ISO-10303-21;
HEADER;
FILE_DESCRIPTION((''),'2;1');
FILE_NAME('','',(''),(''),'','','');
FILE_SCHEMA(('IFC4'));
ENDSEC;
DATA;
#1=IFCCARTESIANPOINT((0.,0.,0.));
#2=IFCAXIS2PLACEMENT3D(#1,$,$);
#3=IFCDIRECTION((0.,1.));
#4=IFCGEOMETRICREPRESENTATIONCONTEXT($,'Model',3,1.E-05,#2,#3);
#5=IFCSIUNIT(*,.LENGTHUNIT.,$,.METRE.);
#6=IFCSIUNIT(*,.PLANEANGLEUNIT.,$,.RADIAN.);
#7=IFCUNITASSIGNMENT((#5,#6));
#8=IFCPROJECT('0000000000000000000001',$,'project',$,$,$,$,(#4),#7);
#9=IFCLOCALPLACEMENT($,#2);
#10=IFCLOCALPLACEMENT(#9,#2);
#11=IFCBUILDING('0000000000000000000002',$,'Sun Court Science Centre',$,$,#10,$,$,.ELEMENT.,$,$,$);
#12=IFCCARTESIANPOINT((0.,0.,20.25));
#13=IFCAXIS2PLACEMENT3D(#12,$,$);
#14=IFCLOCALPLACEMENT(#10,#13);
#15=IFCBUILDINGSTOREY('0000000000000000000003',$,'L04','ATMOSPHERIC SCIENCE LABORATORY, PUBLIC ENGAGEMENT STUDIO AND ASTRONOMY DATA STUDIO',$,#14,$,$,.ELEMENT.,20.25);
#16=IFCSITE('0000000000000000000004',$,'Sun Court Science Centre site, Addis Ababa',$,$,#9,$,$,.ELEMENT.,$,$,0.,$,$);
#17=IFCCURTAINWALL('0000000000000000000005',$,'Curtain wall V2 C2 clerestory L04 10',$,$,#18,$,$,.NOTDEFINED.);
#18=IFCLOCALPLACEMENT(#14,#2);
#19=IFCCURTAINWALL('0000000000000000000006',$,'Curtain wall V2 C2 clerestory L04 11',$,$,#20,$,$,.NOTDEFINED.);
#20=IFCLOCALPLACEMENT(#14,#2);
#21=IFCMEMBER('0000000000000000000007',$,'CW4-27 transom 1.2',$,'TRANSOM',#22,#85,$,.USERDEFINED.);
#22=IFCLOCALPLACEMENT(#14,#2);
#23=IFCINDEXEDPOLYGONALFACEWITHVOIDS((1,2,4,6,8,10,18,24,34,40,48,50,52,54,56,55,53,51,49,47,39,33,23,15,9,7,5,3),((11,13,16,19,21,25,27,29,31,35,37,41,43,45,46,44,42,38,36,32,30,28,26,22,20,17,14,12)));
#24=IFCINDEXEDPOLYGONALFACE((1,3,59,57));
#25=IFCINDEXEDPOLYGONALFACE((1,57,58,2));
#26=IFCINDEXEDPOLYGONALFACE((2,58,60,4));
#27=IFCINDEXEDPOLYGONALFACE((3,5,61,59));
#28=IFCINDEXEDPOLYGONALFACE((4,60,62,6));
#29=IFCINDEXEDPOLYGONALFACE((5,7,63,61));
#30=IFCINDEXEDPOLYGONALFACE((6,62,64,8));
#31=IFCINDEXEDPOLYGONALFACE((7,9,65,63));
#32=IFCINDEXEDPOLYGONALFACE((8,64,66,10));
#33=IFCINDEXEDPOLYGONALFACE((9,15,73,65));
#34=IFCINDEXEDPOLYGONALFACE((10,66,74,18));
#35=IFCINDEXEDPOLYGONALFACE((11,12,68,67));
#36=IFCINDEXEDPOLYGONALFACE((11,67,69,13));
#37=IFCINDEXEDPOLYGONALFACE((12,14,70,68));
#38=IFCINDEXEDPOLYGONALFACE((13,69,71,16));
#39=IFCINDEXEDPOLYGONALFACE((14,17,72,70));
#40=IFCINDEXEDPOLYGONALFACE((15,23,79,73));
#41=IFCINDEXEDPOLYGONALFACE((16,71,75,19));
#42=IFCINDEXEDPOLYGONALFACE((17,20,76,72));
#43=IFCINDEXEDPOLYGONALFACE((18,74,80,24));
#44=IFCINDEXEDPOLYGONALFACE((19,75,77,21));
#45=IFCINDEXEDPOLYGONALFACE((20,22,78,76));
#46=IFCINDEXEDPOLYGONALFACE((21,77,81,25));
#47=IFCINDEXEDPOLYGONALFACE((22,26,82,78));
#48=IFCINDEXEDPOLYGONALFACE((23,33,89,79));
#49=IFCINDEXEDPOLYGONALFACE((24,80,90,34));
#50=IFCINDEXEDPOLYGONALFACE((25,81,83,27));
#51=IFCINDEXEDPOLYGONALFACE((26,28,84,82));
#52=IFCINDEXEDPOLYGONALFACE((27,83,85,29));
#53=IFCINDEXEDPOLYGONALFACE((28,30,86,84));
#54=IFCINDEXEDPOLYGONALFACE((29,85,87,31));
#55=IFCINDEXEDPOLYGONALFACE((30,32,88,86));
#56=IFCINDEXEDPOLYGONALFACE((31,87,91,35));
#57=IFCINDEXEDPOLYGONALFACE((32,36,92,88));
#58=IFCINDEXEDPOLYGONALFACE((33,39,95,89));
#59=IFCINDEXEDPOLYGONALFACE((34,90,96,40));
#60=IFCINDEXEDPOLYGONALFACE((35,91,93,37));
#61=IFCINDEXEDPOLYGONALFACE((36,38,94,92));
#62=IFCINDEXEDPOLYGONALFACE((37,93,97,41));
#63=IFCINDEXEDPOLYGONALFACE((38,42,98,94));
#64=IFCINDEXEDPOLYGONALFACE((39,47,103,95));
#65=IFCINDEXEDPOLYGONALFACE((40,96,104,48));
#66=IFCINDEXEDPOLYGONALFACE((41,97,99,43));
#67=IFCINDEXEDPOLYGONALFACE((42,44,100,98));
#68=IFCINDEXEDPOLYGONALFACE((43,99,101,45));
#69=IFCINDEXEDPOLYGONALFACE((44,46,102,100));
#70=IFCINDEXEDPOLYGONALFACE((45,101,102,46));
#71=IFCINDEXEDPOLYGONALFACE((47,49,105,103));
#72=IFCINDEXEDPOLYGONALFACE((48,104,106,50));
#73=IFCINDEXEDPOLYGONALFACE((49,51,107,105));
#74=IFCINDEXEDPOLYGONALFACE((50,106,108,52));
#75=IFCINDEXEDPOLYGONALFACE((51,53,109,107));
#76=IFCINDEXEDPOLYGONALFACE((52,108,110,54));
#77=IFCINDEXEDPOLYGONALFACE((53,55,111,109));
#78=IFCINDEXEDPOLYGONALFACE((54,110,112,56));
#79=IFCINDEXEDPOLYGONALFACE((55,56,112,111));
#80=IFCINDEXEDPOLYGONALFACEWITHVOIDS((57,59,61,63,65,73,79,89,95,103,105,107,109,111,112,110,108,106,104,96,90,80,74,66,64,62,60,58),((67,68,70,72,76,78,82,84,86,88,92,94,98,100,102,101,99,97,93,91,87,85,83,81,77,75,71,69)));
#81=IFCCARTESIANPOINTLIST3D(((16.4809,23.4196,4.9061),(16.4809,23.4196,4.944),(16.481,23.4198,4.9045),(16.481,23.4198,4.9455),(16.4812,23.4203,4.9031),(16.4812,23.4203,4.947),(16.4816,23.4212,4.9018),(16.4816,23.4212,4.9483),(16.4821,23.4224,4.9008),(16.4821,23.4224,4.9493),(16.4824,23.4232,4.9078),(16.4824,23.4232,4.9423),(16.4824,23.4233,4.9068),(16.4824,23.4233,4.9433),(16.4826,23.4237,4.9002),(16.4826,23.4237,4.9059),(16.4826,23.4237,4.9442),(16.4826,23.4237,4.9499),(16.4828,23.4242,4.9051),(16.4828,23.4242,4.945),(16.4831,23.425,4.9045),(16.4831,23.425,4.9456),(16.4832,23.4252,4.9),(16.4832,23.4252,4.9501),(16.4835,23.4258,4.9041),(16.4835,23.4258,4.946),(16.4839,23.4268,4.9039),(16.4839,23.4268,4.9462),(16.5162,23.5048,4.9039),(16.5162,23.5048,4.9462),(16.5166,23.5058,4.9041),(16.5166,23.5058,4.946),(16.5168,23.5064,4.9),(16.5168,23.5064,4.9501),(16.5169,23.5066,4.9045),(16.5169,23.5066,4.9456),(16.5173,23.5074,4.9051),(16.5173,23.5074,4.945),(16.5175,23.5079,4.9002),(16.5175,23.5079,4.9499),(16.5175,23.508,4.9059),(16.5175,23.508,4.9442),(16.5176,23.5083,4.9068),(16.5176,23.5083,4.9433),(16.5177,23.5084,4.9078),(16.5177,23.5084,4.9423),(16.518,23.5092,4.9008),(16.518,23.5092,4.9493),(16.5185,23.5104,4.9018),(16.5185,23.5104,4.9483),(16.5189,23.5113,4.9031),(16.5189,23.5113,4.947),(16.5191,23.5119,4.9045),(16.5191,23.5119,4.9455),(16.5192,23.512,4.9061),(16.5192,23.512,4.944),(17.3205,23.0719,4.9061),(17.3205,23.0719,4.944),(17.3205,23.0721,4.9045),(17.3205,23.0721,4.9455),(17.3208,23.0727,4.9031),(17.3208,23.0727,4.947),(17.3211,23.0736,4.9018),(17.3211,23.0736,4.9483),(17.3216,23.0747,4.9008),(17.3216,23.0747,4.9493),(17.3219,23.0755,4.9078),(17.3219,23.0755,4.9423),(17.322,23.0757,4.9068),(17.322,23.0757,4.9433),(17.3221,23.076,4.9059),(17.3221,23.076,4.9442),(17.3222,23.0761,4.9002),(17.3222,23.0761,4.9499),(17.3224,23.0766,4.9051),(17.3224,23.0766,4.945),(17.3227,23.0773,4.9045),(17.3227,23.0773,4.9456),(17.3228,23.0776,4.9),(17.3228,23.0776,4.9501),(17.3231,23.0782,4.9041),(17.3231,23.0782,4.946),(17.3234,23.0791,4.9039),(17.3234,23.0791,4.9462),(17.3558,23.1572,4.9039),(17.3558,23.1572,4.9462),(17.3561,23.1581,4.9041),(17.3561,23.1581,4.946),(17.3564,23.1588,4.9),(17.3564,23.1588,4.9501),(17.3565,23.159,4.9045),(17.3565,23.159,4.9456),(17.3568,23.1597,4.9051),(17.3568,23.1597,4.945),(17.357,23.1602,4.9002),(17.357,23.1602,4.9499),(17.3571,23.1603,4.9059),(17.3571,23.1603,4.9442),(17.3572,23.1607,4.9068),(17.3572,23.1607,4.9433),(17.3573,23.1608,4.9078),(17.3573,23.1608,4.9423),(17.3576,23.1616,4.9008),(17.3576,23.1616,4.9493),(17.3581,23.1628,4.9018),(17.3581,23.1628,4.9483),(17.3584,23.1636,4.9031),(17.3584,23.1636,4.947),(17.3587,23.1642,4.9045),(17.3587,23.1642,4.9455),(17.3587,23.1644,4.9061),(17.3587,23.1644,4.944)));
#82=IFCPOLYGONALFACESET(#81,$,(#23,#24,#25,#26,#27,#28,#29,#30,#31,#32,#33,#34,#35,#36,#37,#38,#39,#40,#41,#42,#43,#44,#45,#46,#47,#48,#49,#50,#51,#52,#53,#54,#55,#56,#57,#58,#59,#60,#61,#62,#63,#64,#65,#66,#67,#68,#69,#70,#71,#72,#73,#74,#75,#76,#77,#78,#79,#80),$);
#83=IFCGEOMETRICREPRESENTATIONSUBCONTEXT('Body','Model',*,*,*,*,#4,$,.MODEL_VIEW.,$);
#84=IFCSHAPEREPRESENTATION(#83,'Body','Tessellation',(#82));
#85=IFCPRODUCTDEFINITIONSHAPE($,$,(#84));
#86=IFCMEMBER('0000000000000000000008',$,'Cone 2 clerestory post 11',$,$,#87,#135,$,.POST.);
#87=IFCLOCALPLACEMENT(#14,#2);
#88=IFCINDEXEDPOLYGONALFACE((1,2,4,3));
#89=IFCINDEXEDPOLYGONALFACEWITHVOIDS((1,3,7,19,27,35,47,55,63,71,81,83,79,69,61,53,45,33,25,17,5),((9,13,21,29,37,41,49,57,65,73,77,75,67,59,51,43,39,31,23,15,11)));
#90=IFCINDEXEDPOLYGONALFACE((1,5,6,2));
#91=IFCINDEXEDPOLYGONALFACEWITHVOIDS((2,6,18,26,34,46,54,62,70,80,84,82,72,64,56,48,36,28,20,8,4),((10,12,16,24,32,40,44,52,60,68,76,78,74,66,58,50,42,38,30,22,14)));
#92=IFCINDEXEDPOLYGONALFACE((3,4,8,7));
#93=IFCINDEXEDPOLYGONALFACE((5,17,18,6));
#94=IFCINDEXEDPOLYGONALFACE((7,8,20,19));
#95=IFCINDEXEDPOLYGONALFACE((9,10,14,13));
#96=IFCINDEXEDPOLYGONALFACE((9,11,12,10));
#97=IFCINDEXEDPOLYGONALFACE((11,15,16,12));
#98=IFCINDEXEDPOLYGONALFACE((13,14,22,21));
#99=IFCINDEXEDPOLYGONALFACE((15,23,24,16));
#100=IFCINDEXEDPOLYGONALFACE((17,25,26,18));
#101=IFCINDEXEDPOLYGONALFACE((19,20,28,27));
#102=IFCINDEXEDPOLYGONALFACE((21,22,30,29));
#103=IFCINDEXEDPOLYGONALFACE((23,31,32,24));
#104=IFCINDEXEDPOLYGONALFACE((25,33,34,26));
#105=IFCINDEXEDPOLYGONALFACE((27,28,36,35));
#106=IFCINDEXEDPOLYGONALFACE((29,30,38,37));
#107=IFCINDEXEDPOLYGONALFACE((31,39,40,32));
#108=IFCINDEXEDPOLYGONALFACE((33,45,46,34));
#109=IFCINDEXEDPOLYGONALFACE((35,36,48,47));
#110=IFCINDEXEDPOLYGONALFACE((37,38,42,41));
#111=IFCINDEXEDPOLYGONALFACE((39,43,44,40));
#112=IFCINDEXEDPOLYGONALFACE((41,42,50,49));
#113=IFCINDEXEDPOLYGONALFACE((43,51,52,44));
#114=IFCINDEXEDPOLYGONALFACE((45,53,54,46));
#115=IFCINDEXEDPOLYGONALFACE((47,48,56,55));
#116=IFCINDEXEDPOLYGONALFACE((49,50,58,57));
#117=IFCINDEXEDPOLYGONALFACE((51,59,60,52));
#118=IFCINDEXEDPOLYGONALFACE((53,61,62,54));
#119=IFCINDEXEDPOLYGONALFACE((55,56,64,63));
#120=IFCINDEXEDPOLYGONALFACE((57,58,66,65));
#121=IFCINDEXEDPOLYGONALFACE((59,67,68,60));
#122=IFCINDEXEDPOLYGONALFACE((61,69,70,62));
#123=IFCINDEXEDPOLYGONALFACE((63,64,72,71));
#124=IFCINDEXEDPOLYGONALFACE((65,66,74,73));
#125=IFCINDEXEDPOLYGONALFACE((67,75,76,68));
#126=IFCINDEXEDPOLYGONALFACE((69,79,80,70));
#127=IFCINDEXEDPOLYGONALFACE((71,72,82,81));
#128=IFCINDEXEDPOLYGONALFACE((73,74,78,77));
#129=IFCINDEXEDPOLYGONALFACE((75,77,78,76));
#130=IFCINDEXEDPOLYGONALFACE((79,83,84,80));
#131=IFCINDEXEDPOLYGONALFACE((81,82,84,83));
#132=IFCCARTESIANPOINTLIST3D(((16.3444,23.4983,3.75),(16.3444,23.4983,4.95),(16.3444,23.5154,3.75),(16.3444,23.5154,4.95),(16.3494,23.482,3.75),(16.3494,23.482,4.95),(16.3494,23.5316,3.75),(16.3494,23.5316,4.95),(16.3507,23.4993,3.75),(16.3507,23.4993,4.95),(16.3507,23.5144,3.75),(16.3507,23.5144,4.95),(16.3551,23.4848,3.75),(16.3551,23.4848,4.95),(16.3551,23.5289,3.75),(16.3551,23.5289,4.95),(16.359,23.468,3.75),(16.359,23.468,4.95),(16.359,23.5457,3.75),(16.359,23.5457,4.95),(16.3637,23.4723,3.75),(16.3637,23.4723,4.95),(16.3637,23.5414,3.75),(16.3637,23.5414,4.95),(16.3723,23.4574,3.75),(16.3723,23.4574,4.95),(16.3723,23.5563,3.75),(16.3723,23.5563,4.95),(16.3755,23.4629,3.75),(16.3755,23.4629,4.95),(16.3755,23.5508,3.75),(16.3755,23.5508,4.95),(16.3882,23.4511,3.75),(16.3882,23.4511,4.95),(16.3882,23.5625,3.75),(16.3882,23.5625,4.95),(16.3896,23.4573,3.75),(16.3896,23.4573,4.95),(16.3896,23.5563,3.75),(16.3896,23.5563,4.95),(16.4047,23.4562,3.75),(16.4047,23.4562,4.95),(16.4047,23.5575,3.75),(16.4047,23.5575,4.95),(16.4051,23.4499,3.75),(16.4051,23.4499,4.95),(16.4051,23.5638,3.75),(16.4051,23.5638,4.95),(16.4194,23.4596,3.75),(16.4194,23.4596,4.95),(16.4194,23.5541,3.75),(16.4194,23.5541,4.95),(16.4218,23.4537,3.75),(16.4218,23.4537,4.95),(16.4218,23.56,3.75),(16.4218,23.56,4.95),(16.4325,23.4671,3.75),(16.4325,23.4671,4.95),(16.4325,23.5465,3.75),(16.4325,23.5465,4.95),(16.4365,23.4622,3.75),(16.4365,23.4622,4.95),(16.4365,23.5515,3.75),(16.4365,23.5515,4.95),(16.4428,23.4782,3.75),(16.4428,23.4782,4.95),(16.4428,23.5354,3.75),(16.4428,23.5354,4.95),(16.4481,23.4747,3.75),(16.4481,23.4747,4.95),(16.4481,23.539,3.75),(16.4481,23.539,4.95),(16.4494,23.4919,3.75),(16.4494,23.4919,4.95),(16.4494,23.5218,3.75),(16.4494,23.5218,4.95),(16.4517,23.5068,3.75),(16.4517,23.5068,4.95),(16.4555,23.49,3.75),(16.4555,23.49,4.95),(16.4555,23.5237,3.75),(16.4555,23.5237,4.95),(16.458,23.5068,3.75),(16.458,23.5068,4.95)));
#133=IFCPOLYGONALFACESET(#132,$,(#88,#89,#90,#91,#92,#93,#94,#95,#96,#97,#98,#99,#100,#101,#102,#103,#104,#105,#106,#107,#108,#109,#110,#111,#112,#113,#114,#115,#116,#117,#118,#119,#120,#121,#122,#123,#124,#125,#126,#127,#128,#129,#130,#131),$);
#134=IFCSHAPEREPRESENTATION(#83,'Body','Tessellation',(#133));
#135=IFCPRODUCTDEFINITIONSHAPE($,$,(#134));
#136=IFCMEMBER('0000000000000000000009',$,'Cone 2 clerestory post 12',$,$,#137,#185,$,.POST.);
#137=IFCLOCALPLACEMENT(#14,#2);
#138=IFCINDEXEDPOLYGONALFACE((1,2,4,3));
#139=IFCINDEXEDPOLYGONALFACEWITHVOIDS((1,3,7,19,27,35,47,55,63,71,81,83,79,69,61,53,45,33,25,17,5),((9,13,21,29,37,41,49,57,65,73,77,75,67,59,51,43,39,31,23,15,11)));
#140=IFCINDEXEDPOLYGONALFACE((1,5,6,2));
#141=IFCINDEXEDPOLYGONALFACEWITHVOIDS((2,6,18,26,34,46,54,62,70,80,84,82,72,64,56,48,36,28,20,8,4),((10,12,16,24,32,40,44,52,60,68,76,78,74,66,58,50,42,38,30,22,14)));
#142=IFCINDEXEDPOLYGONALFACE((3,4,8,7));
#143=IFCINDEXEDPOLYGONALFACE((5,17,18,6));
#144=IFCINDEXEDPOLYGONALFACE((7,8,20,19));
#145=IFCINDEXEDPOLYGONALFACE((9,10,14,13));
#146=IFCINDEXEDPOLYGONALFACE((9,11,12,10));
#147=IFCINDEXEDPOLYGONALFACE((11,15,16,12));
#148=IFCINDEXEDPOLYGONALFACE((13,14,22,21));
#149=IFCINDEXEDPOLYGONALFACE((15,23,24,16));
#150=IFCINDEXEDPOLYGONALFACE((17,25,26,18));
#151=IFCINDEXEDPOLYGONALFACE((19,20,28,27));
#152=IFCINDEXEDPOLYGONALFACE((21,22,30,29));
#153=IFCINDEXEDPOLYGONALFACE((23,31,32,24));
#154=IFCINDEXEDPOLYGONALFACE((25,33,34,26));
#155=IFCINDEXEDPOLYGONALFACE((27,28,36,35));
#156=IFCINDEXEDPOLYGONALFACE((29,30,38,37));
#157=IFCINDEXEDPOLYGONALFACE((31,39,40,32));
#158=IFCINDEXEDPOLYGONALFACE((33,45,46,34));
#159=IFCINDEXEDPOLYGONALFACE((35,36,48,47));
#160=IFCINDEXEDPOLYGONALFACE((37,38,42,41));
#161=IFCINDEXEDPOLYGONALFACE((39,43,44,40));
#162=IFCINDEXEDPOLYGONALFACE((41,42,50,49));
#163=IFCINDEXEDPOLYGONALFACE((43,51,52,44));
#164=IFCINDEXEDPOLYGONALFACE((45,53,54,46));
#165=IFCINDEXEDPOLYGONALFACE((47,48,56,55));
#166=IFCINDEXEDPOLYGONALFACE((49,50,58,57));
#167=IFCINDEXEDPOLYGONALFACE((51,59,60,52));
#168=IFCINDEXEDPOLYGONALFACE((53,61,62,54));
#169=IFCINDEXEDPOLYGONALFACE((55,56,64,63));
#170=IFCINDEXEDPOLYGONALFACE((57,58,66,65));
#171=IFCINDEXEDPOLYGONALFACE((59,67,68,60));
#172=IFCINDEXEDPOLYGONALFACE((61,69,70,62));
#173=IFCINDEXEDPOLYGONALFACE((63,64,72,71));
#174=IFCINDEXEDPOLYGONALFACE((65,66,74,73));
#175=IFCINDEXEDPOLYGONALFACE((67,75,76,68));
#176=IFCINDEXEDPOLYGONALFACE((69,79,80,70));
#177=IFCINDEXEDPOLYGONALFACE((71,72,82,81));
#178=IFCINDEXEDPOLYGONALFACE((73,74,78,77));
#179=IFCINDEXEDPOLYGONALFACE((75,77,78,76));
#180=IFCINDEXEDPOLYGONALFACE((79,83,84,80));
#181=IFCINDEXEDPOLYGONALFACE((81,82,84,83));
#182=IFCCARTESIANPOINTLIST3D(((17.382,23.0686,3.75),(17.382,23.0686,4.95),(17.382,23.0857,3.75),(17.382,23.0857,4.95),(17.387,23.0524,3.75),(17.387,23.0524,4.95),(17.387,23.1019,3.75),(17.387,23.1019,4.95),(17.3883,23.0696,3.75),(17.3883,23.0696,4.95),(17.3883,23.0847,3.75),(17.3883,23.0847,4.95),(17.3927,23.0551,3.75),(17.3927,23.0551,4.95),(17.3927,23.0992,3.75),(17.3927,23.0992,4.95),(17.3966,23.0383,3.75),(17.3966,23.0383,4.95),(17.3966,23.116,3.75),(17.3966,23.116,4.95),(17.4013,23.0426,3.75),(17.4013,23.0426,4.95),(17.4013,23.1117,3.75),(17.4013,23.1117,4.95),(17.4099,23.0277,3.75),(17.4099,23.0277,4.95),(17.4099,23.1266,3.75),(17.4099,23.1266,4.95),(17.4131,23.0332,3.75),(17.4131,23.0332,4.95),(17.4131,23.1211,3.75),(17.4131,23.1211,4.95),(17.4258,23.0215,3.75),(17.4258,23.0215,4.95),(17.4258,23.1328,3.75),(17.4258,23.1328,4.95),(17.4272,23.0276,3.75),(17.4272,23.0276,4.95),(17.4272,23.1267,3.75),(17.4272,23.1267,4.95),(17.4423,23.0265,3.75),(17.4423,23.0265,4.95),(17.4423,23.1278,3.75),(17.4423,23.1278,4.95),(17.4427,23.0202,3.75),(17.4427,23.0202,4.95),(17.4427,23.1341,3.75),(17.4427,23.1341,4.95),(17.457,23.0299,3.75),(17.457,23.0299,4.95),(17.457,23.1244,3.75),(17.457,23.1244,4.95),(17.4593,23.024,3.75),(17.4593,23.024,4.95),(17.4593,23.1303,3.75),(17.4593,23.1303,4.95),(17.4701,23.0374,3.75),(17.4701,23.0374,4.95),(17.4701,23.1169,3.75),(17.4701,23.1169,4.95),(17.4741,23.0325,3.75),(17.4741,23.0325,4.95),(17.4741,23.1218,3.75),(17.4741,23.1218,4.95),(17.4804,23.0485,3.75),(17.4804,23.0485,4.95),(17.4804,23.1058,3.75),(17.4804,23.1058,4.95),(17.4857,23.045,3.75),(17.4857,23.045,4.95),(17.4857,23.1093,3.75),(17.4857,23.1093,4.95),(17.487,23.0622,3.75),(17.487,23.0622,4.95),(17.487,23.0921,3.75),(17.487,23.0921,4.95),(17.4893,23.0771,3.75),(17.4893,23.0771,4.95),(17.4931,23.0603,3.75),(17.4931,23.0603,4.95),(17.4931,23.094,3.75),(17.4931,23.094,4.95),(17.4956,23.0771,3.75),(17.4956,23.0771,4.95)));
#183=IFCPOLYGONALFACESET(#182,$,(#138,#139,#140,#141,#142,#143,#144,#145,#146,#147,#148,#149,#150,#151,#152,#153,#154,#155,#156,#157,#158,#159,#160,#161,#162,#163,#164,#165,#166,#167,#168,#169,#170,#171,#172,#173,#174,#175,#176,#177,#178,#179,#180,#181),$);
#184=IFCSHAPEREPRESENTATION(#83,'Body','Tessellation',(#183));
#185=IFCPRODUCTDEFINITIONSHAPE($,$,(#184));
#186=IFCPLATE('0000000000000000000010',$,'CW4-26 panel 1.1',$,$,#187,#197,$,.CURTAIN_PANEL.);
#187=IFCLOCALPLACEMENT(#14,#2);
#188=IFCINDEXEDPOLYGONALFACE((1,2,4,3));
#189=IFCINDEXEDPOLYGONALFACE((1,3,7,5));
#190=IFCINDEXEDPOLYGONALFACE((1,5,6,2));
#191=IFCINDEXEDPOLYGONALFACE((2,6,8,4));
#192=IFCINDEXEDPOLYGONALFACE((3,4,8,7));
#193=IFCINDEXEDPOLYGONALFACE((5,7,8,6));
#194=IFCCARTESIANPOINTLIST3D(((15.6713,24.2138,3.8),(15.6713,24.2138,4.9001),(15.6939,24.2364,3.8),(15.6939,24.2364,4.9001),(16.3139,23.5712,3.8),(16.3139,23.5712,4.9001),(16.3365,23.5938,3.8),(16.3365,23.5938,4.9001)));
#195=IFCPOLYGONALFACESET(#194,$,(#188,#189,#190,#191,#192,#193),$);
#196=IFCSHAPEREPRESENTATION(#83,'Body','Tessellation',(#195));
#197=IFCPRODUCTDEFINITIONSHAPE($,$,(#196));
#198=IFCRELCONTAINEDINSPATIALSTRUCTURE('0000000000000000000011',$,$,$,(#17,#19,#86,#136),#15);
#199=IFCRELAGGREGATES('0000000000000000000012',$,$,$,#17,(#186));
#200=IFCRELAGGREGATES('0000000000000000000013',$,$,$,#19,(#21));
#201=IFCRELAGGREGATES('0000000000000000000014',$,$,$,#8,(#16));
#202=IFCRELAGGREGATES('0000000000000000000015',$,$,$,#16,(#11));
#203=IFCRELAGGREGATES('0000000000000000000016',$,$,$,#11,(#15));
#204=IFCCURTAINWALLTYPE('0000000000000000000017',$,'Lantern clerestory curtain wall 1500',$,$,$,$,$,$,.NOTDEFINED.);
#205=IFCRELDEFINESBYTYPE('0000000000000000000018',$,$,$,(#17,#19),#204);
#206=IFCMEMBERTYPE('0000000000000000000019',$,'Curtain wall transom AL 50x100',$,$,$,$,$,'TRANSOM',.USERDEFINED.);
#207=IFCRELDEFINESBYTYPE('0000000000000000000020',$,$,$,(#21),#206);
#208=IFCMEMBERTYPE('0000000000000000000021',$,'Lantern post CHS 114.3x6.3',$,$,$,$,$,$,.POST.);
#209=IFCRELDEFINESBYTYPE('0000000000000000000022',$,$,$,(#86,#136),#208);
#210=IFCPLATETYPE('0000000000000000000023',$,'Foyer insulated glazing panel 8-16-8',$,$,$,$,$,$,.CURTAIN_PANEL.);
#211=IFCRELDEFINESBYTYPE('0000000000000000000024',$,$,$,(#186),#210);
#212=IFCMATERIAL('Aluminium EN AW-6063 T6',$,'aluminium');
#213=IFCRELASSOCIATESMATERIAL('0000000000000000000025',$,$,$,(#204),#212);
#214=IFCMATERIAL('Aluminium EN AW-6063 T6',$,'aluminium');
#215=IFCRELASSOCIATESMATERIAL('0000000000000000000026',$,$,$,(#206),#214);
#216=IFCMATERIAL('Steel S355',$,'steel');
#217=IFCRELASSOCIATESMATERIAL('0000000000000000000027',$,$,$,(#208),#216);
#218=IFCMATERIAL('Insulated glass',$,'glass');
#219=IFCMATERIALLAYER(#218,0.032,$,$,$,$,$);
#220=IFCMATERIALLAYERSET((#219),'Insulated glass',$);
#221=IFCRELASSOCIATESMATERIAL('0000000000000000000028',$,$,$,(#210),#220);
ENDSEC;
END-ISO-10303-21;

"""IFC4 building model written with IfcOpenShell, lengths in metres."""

from ifc_helpers import new_model, si_unit, direction, frame, origin, origin_2d, place, context, subcontext, project, spatial, rectangle, hollow_rectangle, hollow_circle, extrude, material, layer, layer_set, material_profile, profile_set, type_object, element, aggregate, save


model = new_model("IFC4")

# Units and contexts
model_context = context("Model", 3, precision=1e-05, world=origin(), true_north=direction((0.0, 1.0)))
body_context = subcontext(model_context, "Body", "Model", "MODEL_VIEW")
ifc_project = project(units=[si_unit("LENGTHUNIT", "METRE"), si_unit("PLANEANGLEUNIT", "RADIAN")], contexts=[model_context])

# Site, building, storey
site_placement = place(None, origin())
site = spatial("IfcSite", under=ifc_project, at=site_placement, Name="Sun Court Science Centre site, Addis Ababa", CompositionType="ELEMENT", RefElevation=0.0)
building_placement = place(site_placement, origin())
building = spatial("IfcBuilding", under=site, at=building_placement, Name="Sun Court Science Centre", CompositionType="ELEMENT")
storey_placement = place(building_placement, frame((0.0, 0.0, 20.25)))
storey = spatial("IfcBuildingStorey", under=building, at=storey_placement, Name="L04", Description="ATMOSPHERIC SCIENCE LABORATORY, PUBLIC ENGAGEMENT STUDIO AND ASTRONOMY DATA STUDIO", CompositionType="ELEMENT", Elevation=20.25)

# Curtain walls
ifc_material_1 = material(Name="Aluminium EN AW-6063 T6", Category="aluminium")
curtain_wall_type = type_object("IfcCurtainWallType", Name="Lantern clerestory curtain wall 1500", PredefinedType="NOTDEFINED", material=ifc_material_1)
curtain_wall_1_placement = place(storey_placement, origin())
curtain_wall_1 = element("IfcCurtainWall", 1, at=curtain_wall_1_placement, inside=storey, type_object=curtain_wall_type, Name="Curtain wall V2 C2 clerestory L04 10", PredefinedType="NOTDEFINED")
curtain_wall_2_placement = place(storey_placement, origin())
curtain_wall_2 = element("IfcCurtainWall", 2, at=curtain_wall_2_placement, inside=storey, type_object=curtain_wall_type, Name="Curtain wall V2 C2 clerestory L04 11", PredefinedType="NOTDEFINED")

# Member
ifc_material_2 = material(Name="Aluminium EN AW-6063 T6", Category="aluminium")
ifc_material_profile_1 = material_profile(ifc_material_2, hollow_rectangle(XDim=0.05, YDim=0.1001, WallThickness=0.0039, InnerFilletRadius=0.0039, OuterFilletRadius=0.0061, at=origin_2d()), Name="AL 50x100x4")
ifc_profile_set_1 = profile_set([ifc_material_profile_1], Name="Aluminium EN AW-6063 T6")
member_type_1 = type_object("IfcMemberType", Name="Curtain wall transom AL 50x100", ElementType="TRANSOM", PredefinedType="USERDEFINED", material=ifc_profile_set_1)
member_1_placement = place(storey_placement, frame((17.3396, 23.1182, 4.925), z_axis=(-0.923925, 0.382573, 0.0), x_axis=(0.0, 0.0, 1.0)))
member_1 = element("IfcMember", 3, at=member_1_placement, type_object=member_type_1, Name="CW4-27 transom 1.2", ObjectType="TRANSOM", PredefinedType="USERDEFINED", context=body_context, shape_type="SweptSolid", body=[
    extrude(hollow_rectangle(XDim=0.05, YDim=0.1001, WallThickness=0.0039, InnerFilletRadius=0.0039, OuterFilletRadius=0.0061, at=origin_2d()), origin(), (0.0, 0.0, 1.0), 0.9087),
])

# Members
ifc_material_3 = material(Name="Steel S355", Category="steel")
ifc_material_profile_2 = material_profile(ifc_material_3, hollow_circle(Radius=0.0571, WallThickness=0.0063, at=origin_2d()), Name="CHS 114.3x6.3")
ifc_profile_set_2 = profile_set([ifc_material_profile_2], Name="Steel S355")
member_type_2 = type_object("IfcMemberType", Name="Lantern post CHS 114.3x6.3", PredefinedType="POST", material=ifc_profile_set_2)
for number, where, z_axis, x_axis, name in (
    (4, (16.4009, 23.5068, 3.75), (0.0, 0.0, 1.0), (1.0, 0.0, 0.0), "Cone 2 clerestory post 11"),
    (5, (17.4385, 23.0771, 3.75), (0.0, 0.0, 1.0), (1.0, 0.0, 0.0), "Cone 2 clerestory post 12"),
):
    element("IfcMember", number, at=place(storey_placement, frame(where, z_axis=z_axis, x_axis=x_axis)), inside=storey, type_object=member_type_2, Name=name, PredefinedType="POST", context=body_context, shape_type="SweptSolid", body=[
        extrude(hollow_circle(Radius=0.0571, WallThickness=0.0063, at=origin_2d()), origin(), (0.0, 0.0, 1.0), 1.2),
    ])

# Plate
ifc_material_4 = material(Name="Insulated glass", Category="glass")
ifc_layer_1 = layer(ifc_material_4, 0.032)
ifc_layer_set_1 = layer_set([ifc_layer_1], Name="Insulated glass")
plate_type = type_object("IfcPlateType", Name="Foyer insulated glazing panel 8-16-8", PredefinedType="CURTAIN_PANEL", material=ifc_layer_set_1)
plate_1_placement = place(storey_placement, frame((16.0039, 23.9038, 3.8), z_axis=(0.0, 0.0, 1.0), x_axis=(-0.707107, 0.707107, 0.0)))
plate_1 = element("IfcPlate", 6, at=plate_1_placement, type_object=plate_type, Name="CW4-26 panel 1.1", PredefinedType="CURTAIN_PANEL", context=body_context, shape_type="SweptSolid", body=[
    extrude(rectangle(XDim=0.9087, YDim=0.032, at=origin_2d()), origin(), (0.0, 0.0, 1.0), 1.1001),
])
aggregate(curtain_wall_1, [plate_1])
aggregate(curtain_wall_2, [member_1])

save(model, "model.ifc")
